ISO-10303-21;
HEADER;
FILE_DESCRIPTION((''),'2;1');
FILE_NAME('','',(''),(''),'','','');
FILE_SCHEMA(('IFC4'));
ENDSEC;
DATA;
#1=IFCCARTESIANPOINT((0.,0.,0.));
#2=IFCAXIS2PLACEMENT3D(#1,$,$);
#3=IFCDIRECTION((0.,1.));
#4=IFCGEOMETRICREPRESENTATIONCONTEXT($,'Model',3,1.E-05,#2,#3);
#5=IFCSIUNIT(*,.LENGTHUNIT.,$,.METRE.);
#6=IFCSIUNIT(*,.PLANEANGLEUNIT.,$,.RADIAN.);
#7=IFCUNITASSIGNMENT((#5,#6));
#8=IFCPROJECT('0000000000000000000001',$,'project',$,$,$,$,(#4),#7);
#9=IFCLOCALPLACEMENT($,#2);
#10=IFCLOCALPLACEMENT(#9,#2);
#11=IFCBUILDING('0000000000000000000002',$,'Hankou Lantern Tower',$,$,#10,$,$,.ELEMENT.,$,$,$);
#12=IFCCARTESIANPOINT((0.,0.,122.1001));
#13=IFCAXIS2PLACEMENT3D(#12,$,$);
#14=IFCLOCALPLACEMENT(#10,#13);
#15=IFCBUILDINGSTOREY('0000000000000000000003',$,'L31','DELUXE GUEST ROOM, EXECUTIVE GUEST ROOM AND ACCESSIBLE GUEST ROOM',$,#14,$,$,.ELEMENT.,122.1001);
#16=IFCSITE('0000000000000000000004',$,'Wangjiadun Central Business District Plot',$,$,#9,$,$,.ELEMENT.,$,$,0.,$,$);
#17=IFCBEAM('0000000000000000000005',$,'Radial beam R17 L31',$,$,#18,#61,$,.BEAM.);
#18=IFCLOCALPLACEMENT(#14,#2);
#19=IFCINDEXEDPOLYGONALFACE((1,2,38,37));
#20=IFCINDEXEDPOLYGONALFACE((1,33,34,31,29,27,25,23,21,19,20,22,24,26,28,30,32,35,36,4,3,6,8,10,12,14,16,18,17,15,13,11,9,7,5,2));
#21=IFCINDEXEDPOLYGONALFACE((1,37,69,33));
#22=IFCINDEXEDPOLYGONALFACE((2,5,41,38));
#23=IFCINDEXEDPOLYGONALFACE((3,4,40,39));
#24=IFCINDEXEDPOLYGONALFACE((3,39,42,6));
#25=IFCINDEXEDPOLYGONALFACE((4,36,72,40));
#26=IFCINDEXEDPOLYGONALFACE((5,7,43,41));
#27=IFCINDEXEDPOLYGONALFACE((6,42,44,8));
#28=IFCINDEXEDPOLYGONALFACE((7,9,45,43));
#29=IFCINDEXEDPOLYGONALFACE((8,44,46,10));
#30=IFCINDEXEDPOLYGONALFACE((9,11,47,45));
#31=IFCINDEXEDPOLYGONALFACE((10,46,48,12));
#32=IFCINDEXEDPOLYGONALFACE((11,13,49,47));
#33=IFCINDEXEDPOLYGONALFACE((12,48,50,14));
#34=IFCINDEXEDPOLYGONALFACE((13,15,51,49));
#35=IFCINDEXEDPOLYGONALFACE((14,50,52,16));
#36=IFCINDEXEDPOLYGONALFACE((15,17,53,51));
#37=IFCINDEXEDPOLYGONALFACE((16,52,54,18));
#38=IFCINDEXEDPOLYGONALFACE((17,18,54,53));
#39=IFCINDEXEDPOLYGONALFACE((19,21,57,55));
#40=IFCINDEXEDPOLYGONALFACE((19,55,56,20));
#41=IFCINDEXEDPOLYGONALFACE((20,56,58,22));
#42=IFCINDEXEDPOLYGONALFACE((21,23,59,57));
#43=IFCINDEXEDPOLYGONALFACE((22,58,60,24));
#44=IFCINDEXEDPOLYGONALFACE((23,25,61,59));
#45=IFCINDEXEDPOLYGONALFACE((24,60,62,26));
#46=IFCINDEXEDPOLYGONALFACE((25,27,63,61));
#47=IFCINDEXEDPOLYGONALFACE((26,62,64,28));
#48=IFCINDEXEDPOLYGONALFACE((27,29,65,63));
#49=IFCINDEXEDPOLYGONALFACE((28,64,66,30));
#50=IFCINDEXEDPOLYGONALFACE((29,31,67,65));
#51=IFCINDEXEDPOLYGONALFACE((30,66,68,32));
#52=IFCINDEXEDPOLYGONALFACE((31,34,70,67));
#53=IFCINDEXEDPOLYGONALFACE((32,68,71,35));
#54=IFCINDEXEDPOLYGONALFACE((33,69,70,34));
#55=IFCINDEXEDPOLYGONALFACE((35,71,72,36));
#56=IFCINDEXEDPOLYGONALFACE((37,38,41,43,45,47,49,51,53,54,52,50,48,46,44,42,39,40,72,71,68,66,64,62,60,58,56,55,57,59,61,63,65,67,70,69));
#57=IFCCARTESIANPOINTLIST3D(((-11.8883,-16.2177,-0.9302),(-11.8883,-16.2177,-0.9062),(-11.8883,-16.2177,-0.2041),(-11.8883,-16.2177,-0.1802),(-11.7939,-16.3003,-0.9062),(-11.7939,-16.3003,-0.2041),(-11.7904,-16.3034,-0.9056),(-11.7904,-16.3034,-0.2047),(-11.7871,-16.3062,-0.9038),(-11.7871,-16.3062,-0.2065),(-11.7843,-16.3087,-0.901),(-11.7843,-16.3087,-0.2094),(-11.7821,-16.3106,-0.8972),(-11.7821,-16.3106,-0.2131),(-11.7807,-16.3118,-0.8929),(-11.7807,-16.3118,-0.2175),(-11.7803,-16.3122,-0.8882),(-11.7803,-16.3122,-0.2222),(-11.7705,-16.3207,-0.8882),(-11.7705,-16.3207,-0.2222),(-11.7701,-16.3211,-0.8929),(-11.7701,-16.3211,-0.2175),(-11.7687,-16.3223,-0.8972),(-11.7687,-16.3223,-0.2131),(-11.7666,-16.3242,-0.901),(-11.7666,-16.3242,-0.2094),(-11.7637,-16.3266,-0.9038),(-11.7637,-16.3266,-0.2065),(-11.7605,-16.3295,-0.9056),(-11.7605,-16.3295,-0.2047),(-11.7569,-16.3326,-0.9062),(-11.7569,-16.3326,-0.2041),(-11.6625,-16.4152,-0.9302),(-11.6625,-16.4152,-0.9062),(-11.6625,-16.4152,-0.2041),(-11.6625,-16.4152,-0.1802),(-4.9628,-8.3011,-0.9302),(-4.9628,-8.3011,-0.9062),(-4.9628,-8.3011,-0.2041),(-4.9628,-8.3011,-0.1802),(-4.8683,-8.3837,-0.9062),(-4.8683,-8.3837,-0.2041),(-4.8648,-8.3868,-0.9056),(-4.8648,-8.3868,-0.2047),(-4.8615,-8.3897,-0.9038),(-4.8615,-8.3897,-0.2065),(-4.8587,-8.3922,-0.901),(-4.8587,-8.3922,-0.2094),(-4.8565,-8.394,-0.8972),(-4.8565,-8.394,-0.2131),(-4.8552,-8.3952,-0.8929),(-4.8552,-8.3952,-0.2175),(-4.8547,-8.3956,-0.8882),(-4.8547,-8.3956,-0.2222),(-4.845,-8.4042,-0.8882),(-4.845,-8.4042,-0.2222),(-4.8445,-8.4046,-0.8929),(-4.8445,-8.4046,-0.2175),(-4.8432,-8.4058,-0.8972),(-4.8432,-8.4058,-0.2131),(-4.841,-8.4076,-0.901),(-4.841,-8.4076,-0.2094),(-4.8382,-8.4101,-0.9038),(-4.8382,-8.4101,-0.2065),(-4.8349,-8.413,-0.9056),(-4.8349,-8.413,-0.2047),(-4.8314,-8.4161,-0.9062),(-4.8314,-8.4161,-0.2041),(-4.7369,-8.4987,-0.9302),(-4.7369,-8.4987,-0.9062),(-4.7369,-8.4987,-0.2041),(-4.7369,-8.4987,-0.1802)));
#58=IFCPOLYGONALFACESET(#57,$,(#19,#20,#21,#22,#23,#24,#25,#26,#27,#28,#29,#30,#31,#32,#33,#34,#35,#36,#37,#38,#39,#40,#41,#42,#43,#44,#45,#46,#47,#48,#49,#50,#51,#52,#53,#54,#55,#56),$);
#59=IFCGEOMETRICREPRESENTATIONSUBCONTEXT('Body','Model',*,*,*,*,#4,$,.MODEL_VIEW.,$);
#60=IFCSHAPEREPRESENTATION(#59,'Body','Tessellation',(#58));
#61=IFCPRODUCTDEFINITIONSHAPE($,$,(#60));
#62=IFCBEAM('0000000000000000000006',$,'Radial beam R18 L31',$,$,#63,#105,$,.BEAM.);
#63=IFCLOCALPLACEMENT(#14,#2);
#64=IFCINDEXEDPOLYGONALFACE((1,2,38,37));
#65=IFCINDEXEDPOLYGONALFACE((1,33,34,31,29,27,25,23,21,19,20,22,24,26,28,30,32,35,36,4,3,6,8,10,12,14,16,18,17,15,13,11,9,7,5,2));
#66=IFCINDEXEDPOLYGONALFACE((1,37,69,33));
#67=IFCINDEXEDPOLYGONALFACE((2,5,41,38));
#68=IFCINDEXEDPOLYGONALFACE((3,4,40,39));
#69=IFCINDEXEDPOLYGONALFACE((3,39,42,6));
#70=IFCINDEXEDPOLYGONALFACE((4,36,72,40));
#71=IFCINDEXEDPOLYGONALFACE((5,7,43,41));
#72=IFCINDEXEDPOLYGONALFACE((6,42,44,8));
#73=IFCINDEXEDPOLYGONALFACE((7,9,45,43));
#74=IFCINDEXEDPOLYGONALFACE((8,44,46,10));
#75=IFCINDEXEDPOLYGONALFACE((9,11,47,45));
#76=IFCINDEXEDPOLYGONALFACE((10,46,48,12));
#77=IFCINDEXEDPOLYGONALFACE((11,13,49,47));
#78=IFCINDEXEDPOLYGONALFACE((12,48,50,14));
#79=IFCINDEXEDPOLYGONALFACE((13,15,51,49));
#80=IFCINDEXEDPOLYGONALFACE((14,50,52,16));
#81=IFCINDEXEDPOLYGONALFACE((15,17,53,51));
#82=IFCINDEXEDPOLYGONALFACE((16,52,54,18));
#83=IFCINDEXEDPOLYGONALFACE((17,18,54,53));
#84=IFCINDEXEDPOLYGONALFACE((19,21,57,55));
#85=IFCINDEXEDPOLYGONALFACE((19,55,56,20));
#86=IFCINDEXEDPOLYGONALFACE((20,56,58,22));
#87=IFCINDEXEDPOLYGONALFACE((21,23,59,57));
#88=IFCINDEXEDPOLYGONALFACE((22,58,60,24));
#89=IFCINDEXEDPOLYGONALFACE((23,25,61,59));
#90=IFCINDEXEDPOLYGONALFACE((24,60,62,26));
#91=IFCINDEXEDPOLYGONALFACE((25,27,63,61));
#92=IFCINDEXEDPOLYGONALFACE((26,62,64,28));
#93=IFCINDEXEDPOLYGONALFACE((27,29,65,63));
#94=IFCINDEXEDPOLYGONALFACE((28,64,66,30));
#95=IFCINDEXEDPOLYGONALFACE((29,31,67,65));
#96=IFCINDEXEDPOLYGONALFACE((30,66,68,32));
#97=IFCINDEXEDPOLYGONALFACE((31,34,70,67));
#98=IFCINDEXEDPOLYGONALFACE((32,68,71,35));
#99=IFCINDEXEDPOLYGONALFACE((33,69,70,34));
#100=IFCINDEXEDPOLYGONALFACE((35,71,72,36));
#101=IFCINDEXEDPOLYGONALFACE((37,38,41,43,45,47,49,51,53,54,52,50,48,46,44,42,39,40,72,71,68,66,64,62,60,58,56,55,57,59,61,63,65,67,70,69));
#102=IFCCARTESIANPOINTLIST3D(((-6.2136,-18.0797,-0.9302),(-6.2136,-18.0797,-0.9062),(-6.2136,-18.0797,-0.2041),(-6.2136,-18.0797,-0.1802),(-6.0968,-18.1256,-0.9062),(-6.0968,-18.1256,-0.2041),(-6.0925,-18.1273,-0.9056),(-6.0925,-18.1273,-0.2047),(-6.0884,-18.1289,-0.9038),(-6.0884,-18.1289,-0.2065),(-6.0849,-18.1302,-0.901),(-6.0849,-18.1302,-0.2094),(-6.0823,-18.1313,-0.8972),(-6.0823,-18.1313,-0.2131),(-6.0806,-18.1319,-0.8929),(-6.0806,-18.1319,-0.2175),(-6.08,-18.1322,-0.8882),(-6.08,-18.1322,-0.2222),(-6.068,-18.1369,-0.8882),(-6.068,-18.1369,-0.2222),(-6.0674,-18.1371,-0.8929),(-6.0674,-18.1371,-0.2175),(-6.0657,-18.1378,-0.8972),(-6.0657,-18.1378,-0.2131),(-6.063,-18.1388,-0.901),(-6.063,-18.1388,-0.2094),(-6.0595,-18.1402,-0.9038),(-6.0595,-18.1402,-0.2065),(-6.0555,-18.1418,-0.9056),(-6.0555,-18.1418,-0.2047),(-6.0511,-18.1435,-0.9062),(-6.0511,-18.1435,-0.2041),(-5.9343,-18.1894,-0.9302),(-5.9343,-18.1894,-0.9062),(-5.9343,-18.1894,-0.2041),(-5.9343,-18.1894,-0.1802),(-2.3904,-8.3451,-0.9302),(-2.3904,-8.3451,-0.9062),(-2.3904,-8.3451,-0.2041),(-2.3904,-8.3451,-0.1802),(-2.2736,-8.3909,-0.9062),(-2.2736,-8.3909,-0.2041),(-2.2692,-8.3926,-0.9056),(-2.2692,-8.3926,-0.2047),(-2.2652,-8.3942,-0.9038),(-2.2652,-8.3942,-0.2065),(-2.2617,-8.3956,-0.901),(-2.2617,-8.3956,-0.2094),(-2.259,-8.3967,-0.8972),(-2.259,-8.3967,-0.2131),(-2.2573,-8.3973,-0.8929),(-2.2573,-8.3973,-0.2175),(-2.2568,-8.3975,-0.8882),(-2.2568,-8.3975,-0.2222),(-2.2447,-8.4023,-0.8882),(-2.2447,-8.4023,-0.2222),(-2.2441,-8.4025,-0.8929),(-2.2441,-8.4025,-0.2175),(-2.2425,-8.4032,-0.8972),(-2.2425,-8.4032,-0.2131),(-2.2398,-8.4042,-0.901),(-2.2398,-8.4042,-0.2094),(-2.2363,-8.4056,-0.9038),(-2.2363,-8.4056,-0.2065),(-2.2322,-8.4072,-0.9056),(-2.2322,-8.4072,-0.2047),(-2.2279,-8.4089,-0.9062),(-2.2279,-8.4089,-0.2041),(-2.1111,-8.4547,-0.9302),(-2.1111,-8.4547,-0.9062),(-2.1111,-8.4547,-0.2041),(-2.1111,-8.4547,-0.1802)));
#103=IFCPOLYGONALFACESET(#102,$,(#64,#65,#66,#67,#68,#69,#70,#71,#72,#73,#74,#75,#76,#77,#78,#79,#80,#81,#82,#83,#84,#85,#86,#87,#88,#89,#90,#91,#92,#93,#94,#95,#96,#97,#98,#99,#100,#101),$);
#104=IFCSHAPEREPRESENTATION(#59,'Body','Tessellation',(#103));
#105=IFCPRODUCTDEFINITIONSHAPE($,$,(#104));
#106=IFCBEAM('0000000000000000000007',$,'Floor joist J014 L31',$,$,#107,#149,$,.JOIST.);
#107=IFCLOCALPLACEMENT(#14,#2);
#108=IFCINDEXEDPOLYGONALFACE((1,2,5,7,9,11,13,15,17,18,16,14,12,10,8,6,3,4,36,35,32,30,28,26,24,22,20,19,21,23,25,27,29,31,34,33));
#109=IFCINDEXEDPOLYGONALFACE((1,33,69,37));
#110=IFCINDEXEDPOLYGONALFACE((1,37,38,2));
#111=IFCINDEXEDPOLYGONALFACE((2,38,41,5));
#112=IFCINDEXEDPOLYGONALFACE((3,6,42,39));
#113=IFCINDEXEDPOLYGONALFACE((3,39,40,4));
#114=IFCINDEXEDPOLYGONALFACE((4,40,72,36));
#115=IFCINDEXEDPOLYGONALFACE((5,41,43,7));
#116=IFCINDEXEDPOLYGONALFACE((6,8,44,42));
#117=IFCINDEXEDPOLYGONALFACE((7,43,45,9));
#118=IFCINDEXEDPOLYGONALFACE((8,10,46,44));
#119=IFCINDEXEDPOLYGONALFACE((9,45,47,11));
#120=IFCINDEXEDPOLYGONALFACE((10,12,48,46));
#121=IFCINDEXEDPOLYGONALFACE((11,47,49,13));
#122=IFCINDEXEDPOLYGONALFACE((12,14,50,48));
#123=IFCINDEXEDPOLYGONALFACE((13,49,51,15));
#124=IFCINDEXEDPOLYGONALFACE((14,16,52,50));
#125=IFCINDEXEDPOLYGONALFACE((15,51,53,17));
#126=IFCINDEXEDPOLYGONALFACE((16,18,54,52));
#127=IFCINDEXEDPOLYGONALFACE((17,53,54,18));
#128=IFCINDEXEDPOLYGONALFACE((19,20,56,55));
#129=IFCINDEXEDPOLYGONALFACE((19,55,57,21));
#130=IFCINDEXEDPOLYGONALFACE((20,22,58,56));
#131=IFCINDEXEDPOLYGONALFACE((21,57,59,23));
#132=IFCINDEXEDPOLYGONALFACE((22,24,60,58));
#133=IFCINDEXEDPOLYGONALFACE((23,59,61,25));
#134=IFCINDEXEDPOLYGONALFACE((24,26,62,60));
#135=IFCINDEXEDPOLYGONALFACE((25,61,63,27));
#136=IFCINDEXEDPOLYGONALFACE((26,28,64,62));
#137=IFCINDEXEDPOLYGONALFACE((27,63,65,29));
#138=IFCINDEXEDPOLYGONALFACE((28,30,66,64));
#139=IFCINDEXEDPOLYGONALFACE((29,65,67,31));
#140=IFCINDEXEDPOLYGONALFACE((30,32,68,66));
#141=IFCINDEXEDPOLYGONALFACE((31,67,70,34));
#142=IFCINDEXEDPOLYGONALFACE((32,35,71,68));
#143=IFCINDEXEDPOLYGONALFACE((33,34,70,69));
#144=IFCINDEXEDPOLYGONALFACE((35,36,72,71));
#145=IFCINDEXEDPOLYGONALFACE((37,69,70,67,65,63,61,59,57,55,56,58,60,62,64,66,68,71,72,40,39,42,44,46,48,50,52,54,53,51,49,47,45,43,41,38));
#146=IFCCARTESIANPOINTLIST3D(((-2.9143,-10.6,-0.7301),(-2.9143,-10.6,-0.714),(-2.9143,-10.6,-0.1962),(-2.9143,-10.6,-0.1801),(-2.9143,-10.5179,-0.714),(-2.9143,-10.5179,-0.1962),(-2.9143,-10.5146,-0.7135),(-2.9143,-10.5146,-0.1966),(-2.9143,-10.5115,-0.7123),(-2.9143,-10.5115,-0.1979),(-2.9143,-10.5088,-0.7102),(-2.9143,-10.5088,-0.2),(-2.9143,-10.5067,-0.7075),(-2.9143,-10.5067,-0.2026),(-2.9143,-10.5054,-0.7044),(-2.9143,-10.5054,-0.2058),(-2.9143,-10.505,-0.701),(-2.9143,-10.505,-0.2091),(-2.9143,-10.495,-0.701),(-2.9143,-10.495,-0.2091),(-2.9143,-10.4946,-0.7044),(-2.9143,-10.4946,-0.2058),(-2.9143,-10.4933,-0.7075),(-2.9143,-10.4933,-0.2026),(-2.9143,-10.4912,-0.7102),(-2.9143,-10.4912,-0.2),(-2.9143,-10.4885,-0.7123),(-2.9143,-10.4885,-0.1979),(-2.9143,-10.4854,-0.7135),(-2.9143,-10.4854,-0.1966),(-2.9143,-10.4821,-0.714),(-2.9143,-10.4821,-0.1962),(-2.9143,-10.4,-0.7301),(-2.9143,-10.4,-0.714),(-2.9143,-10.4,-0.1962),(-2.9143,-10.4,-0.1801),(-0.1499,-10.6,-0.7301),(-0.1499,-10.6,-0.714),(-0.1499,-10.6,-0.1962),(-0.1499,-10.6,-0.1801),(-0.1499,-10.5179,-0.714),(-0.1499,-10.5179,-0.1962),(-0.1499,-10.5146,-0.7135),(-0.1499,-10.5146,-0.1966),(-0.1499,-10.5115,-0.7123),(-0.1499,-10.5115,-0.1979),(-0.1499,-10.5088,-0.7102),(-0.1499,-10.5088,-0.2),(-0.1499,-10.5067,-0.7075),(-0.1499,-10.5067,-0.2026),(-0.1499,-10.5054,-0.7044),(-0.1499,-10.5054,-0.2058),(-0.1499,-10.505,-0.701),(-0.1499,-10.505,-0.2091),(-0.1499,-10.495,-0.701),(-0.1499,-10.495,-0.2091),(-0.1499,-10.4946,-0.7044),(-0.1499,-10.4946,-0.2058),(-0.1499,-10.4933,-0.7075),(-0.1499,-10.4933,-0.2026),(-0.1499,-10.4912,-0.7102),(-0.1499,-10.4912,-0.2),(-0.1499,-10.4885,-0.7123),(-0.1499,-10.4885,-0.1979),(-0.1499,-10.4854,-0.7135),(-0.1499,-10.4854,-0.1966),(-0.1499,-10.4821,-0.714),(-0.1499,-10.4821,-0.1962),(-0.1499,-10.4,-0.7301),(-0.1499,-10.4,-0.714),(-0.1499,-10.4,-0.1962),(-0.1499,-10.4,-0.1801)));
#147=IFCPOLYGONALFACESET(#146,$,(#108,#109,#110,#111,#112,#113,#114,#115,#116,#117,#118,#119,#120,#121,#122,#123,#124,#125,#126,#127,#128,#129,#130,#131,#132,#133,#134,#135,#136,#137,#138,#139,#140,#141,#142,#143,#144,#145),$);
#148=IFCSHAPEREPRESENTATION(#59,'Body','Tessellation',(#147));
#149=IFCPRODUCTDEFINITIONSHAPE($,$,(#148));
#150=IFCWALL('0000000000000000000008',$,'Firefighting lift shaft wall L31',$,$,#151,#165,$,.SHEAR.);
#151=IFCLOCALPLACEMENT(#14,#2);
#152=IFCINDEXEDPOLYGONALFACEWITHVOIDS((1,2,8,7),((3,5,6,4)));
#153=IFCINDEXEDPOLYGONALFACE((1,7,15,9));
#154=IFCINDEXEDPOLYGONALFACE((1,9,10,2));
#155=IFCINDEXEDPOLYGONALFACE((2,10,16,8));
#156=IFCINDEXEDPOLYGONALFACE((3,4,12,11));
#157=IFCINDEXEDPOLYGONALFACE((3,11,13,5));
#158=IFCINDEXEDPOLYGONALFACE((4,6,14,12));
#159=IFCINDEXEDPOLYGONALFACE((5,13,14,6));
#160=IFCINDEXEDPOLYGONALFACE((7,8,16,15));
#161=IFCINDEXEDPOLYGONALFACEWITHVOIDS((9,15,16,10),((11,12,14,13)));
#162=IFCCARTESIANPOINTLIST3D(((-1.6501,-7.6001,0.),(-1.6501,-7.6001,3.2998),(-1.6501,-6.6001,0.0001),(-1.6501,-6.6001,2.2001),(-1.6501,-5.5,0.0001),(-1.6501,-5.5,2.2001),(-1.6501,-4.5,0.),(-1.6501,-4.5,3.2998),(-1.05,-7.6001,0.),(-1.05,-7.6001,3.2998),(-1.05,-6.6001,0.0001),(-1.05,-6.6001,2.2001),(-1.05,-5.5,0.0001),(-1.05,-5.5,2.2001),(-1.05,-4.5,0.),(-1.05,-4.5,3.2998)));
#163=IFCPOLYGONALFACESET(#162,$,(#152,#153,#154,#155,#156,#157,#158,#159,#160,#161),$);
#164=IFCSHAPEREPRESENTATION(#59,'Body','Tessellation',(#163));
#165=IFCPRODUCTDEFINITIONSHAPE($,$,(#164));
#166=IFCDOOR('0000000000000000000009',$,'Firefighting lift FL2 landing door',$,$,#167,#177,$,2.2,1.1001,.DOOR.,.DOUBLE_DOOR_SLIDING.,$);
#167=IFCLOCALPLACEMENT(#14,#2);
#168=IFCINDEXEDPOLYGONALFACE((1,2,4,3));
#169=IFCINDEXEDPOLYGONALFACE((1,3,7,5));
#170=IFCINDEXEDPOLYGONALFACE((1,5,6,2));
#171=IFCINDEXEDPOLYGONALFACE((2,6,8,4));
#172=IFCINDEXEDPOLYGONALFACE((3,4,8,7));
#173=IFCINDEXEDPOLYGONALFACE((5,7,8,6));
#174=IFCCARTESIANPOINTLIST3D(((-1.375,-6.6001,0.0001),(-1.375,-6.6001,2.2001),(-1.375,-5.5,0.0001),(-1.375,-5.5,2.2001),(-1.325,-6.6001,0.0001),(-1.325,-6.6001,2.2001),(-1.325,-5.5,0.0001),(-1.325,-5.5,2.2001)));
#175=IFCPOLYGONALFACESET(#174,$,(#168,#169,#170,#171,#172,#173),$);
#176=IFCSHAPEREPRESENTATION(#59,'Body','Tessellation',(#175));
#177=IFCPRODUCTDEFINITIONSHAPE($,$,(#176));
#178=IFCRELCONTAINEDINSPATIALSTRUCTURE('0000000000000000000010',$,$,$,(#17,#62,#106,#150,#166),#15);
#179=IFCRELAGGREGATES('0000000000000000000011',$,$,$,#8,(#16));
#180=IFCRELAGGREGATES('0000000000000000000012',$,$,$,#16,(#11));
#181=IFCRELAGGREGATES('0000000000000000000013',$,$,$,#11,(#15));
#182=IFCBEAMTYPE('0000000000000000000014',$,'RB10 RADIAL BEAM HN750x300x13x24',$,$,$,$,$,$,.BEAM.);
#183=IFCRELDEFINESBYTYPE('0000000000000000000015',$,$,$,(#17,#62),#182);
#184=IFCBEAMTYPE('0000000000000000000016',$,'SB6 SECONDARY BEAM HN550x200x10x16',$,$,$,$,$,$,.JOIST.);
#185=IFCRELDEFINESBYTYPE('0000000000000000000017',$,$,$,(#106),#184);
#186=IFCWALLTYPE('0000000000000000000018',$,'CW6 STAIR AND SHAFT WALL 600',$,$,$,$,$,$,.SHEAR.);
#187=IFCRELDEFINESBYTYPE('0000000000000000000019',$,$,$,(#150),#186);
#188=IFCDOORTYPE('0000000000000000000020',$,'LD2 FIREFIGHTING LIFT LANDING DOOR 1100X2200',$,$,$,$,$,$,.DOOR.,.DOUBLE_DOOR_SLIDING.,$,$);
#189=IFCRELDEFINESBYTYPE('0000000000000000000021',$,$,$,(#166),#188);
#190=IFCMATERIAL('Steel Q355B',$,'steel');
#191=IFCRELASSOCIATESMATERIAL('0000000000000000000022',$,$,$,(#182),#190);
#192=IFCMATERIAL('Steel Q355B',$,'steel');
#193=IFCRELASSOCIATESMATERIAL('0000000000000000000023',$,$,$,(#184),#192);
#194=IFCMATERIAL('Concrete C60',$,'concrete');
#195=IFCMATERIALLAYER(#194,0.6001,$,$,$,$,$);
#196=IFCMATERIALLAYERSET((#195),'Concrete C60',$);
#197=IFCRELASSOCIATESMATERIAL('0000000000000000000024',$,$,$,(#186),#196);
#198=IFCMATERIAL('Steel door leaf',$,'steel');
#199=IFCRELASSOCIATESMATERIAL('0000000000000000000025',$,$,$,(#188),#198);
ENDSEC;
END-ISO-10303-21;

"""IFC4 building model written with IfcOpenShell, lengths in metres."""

from ifc_helpers import new_model, si_unit, direction, frame, frame_2d, origin, origin_2d, place, context, subcontext, project, spatial, rectangle, i_section, extrude, material, layer, layer_set, material_profile, profile_set, type_object, element, fill, save


model = new_model("IFC4")

# Units and contexts
model_context = context("Model", 3, precision=1e-05, world=origin(), true_north=direction((0.0, 1.0)))
body_context = subcontext(model_context, "Body", "Model", "MODEL_VIEW")
ifc_project = project(units=[si_unit("LENGTHUNIT", "METRE"), si_unit("PLANEANGLEUNIT", "RADIAN")], contexts=[model_context])

# Site, building, storey
site_placement = place(None, origin())
site = spatial("IfcSite", under=ifc_project, at=site_placement, Name="Wangjiadun Central Business District Plot", CompositionType="ELEMENT", RefElevation=0.0)
building_placement = place(site_placement, origin())
building = spatial("IfcBuilding", under=site, at=building_placement, Name="Hankou Lantern Tower", CompositionType="ELEMENT")
storey_placement = place(building_placement, frame((0.0, 0.0, 122.1001)))
storey = spatial("IfcBuildingStorey", under=building, at=storey_placement, Name="L31", Description="DELUXE GUEST ROOM, EXECUTIVE GUEST ROOM AND ACCESSIBLE GUEST ROOM", CompositionType="ELEMENT", Elevation=122.1001)

# Beams
ifc_material_1 = material(Name="Steel Q355B", Category="steel")
ifc_material_profile_1 = material_profile(ifc_material_1, i_section(OverallWidth=0.3, OverallDepth=0.75, WebThickness=0.0129, FlangeThickness=0.0239, FilletRadius=0.0181, at=origin_2d()), Name="HN750x300x13x24")
ifc_profile_set_1 = profile_set([ifc_material_profile_1], Name="Steel Q355B")
beam_type_1 = type_object("IfcBeamType", Name="RB10 RADIAL BEAM HN750x300x13x24", PredefinedType="BEAM", material=ifc_profile_set_1)
beam_1_placement = place(storey_placement, frame((-4.8499, -8.3999, -0.5552), z_axis=(-0.658429, -0.752643, 0.0), x_axis=(0.752643, -0.658429, 0.0)))
element("IfcBeam", 1, at=beam_1_placement, inside=storey, type_object=beam_type_1, Name="Radial beam R17 L31", PredefinedType="BEAM", context=body_context, shape_type="SweptSolid", body=[
    extrude(i_section(OverallWidth=0.3, OverallDepth=0.75, WebThickness=0.0129, FlangeThickness=0.0239, FilletRadius=0.0181, at=origin_2d()), origin(), (0.0, 0.0, 1.0), 10.5183),
])
beam_2_placement = place(storey_placement, frame((-2.2507, -8.3999, -0.5552), z_axis=(-0.365564, -0.930786, 0.0), x_axis=(0.930786, -0.365564, 0.0)))
element("IfcBeam", 2, at=beam_2_placement, inside=storey, type_object=beam_type_1, Name="Radial beam R18 L31", PredefinedType="BEAM", context=body_context, shape_type="SweptSolid", body=[
    extrude(i_section(OverallWidth=0.3, OverallDepth=0.75, WebThickness=0.0129, FlangeThickness=0.0239, FilletRadius=0.0181, at=origin_2d()), origin(), (0.0, 0.0, 1.0), 10.4585),
])
ifc_material_2 = material(Name="Steel Q355B", Category="steel")
ifc_material_profile_2 = material_profile(ifc_material_2, i_section(OverallWidth=0.2, OverallDepth=0.55, WebThickness=0.01, FlangeThickness=0.0161, FilletRadius=0.0129, at=origin_2d()), Name="HN550x200x10x16")
ifc_profile_set_2 = profile_set([ifc_material_profile_2], Name="Steel Q355B")
beam_type_2 = type_object("IfcBeamType", Name="SB6 SECONDARY BEAM HN550x200x10x16", PredefinedType="JOIST", material=ifc_profile_set_2)
beam_3_placement = place(storey_placement, frame((-2.9143, -10.5, -0.4551), z_axis=(1.0, 0.0, 0.0), x_axis=(0.0, 1.0, 0.0)))
element("IfcBeam", 3, at=beam_3_placement, inside=storey, type_object=beam_type_2, Name="Floor joist J014 L31", PredefinedType="JOIST", context=body_context, shape_type="SweptSolid", body=[
    extrude(i_section(OverallWidth=0.2, OverallDepth=0.55, WebThickness=0.01, FlangeThickness=0.0161, FilletRadius=0.0129, at=origin_2d()), origin(), (0.0, 0.0, 1.0), 2.7644),
])

# Wall, opening, door
ifc_material_3 = material(Name="Concrete C60", Category="concrete")
ifc_layer_1 = layer(ifc_material_3, 0.6001)
ifc_layer_set_1 = layer_set([ifc_layer_1], Name="Concrete C60")
wall_type_1 = type_object("IfcWallType", Name="CW6 STAIR AND SHAFT WALL 600", PredefinedType="SHEAR", material=ifc_layer_set_1)
wall_1_placement = place(storey_placement, frame((-1.3501, -7.6001, 0.0), z_axis=(0.0, 0.0, 1.0), x_axis=(0.0, 1.0, 0.0)))
wall_1 = element("IfcWall", 4, at=wall_1_placement, inside=storey, type_object=wall_type_1, Name="Firefighting lift shaft wall L31", PredefinedType="SHEAR", context=body_context, shape_type="SweptSolid", body=[
    extrude(rectangle(XDim=3.1001, YDim=0.6001, at=frame_2d((1.55, 0.0))), origin(), (0.0, 0.0, 1.0), 3.2998),
])
opening_1_placement = place(wall_1_placement, frame((1.0, 0.0, 0.0)))
opening_1 = element("IfcOpeningElement", 5, at=opening_1_placement, cuts=wall_1, PredefinedType="OPENING", context=body_context, shape_type="SweptSolid", body=[
    extrude(rectangle(XDim=1.1001, YDim=2.2, at=frame_2d((0.55, 1.1001))), frame((0.0, 0.3101, 0.0), z_axis=(0.0, -1.0, 0.0), x_axis=(1.0, 0.0, 0.0)), (0.0, 0.0, 1.0), 0.6201),
])
ifc_material_4 = material(Name="Steel door leaf", Category="steel")
door_type_1 = type_object("IfcDoorType", Name="LD2 FIREFIGHTING LIFT LANDING DOOR 1100X2200", OperationType="DOUBLE_DOOR_SLIDING", PredefinedType="DOOR", material=ifc_material_4)
door_1_placement = place(opening_1_placement, origin())
door_1 = element("IfcDoor", 6, at=door_1_placement, inside=storey, type_object=door_type_1, Name="Firefighting lift FL2 landing door", OperationType="DOUBLE_DOOR_SLIDING", OverallHeight=2.2, OverallWidth=1.1001, PredefinedType="DOOR", context=body_context, shape_type="SweptSolid", body=[
    extrude(rectangle(XDim=1.1001, YDim=2.2, at=frame_2d((0.55, 1.1001))), frame((0.0, 0.0249, 0.0), z_axis=(0.0, -1.0, 0.0), x_axis=(1.0, 0.0, 0.0)), (0.0, 0.0, 1.0), 0.05),
])
fill(opening_1, door_1)

save(model, "model.ifc")
